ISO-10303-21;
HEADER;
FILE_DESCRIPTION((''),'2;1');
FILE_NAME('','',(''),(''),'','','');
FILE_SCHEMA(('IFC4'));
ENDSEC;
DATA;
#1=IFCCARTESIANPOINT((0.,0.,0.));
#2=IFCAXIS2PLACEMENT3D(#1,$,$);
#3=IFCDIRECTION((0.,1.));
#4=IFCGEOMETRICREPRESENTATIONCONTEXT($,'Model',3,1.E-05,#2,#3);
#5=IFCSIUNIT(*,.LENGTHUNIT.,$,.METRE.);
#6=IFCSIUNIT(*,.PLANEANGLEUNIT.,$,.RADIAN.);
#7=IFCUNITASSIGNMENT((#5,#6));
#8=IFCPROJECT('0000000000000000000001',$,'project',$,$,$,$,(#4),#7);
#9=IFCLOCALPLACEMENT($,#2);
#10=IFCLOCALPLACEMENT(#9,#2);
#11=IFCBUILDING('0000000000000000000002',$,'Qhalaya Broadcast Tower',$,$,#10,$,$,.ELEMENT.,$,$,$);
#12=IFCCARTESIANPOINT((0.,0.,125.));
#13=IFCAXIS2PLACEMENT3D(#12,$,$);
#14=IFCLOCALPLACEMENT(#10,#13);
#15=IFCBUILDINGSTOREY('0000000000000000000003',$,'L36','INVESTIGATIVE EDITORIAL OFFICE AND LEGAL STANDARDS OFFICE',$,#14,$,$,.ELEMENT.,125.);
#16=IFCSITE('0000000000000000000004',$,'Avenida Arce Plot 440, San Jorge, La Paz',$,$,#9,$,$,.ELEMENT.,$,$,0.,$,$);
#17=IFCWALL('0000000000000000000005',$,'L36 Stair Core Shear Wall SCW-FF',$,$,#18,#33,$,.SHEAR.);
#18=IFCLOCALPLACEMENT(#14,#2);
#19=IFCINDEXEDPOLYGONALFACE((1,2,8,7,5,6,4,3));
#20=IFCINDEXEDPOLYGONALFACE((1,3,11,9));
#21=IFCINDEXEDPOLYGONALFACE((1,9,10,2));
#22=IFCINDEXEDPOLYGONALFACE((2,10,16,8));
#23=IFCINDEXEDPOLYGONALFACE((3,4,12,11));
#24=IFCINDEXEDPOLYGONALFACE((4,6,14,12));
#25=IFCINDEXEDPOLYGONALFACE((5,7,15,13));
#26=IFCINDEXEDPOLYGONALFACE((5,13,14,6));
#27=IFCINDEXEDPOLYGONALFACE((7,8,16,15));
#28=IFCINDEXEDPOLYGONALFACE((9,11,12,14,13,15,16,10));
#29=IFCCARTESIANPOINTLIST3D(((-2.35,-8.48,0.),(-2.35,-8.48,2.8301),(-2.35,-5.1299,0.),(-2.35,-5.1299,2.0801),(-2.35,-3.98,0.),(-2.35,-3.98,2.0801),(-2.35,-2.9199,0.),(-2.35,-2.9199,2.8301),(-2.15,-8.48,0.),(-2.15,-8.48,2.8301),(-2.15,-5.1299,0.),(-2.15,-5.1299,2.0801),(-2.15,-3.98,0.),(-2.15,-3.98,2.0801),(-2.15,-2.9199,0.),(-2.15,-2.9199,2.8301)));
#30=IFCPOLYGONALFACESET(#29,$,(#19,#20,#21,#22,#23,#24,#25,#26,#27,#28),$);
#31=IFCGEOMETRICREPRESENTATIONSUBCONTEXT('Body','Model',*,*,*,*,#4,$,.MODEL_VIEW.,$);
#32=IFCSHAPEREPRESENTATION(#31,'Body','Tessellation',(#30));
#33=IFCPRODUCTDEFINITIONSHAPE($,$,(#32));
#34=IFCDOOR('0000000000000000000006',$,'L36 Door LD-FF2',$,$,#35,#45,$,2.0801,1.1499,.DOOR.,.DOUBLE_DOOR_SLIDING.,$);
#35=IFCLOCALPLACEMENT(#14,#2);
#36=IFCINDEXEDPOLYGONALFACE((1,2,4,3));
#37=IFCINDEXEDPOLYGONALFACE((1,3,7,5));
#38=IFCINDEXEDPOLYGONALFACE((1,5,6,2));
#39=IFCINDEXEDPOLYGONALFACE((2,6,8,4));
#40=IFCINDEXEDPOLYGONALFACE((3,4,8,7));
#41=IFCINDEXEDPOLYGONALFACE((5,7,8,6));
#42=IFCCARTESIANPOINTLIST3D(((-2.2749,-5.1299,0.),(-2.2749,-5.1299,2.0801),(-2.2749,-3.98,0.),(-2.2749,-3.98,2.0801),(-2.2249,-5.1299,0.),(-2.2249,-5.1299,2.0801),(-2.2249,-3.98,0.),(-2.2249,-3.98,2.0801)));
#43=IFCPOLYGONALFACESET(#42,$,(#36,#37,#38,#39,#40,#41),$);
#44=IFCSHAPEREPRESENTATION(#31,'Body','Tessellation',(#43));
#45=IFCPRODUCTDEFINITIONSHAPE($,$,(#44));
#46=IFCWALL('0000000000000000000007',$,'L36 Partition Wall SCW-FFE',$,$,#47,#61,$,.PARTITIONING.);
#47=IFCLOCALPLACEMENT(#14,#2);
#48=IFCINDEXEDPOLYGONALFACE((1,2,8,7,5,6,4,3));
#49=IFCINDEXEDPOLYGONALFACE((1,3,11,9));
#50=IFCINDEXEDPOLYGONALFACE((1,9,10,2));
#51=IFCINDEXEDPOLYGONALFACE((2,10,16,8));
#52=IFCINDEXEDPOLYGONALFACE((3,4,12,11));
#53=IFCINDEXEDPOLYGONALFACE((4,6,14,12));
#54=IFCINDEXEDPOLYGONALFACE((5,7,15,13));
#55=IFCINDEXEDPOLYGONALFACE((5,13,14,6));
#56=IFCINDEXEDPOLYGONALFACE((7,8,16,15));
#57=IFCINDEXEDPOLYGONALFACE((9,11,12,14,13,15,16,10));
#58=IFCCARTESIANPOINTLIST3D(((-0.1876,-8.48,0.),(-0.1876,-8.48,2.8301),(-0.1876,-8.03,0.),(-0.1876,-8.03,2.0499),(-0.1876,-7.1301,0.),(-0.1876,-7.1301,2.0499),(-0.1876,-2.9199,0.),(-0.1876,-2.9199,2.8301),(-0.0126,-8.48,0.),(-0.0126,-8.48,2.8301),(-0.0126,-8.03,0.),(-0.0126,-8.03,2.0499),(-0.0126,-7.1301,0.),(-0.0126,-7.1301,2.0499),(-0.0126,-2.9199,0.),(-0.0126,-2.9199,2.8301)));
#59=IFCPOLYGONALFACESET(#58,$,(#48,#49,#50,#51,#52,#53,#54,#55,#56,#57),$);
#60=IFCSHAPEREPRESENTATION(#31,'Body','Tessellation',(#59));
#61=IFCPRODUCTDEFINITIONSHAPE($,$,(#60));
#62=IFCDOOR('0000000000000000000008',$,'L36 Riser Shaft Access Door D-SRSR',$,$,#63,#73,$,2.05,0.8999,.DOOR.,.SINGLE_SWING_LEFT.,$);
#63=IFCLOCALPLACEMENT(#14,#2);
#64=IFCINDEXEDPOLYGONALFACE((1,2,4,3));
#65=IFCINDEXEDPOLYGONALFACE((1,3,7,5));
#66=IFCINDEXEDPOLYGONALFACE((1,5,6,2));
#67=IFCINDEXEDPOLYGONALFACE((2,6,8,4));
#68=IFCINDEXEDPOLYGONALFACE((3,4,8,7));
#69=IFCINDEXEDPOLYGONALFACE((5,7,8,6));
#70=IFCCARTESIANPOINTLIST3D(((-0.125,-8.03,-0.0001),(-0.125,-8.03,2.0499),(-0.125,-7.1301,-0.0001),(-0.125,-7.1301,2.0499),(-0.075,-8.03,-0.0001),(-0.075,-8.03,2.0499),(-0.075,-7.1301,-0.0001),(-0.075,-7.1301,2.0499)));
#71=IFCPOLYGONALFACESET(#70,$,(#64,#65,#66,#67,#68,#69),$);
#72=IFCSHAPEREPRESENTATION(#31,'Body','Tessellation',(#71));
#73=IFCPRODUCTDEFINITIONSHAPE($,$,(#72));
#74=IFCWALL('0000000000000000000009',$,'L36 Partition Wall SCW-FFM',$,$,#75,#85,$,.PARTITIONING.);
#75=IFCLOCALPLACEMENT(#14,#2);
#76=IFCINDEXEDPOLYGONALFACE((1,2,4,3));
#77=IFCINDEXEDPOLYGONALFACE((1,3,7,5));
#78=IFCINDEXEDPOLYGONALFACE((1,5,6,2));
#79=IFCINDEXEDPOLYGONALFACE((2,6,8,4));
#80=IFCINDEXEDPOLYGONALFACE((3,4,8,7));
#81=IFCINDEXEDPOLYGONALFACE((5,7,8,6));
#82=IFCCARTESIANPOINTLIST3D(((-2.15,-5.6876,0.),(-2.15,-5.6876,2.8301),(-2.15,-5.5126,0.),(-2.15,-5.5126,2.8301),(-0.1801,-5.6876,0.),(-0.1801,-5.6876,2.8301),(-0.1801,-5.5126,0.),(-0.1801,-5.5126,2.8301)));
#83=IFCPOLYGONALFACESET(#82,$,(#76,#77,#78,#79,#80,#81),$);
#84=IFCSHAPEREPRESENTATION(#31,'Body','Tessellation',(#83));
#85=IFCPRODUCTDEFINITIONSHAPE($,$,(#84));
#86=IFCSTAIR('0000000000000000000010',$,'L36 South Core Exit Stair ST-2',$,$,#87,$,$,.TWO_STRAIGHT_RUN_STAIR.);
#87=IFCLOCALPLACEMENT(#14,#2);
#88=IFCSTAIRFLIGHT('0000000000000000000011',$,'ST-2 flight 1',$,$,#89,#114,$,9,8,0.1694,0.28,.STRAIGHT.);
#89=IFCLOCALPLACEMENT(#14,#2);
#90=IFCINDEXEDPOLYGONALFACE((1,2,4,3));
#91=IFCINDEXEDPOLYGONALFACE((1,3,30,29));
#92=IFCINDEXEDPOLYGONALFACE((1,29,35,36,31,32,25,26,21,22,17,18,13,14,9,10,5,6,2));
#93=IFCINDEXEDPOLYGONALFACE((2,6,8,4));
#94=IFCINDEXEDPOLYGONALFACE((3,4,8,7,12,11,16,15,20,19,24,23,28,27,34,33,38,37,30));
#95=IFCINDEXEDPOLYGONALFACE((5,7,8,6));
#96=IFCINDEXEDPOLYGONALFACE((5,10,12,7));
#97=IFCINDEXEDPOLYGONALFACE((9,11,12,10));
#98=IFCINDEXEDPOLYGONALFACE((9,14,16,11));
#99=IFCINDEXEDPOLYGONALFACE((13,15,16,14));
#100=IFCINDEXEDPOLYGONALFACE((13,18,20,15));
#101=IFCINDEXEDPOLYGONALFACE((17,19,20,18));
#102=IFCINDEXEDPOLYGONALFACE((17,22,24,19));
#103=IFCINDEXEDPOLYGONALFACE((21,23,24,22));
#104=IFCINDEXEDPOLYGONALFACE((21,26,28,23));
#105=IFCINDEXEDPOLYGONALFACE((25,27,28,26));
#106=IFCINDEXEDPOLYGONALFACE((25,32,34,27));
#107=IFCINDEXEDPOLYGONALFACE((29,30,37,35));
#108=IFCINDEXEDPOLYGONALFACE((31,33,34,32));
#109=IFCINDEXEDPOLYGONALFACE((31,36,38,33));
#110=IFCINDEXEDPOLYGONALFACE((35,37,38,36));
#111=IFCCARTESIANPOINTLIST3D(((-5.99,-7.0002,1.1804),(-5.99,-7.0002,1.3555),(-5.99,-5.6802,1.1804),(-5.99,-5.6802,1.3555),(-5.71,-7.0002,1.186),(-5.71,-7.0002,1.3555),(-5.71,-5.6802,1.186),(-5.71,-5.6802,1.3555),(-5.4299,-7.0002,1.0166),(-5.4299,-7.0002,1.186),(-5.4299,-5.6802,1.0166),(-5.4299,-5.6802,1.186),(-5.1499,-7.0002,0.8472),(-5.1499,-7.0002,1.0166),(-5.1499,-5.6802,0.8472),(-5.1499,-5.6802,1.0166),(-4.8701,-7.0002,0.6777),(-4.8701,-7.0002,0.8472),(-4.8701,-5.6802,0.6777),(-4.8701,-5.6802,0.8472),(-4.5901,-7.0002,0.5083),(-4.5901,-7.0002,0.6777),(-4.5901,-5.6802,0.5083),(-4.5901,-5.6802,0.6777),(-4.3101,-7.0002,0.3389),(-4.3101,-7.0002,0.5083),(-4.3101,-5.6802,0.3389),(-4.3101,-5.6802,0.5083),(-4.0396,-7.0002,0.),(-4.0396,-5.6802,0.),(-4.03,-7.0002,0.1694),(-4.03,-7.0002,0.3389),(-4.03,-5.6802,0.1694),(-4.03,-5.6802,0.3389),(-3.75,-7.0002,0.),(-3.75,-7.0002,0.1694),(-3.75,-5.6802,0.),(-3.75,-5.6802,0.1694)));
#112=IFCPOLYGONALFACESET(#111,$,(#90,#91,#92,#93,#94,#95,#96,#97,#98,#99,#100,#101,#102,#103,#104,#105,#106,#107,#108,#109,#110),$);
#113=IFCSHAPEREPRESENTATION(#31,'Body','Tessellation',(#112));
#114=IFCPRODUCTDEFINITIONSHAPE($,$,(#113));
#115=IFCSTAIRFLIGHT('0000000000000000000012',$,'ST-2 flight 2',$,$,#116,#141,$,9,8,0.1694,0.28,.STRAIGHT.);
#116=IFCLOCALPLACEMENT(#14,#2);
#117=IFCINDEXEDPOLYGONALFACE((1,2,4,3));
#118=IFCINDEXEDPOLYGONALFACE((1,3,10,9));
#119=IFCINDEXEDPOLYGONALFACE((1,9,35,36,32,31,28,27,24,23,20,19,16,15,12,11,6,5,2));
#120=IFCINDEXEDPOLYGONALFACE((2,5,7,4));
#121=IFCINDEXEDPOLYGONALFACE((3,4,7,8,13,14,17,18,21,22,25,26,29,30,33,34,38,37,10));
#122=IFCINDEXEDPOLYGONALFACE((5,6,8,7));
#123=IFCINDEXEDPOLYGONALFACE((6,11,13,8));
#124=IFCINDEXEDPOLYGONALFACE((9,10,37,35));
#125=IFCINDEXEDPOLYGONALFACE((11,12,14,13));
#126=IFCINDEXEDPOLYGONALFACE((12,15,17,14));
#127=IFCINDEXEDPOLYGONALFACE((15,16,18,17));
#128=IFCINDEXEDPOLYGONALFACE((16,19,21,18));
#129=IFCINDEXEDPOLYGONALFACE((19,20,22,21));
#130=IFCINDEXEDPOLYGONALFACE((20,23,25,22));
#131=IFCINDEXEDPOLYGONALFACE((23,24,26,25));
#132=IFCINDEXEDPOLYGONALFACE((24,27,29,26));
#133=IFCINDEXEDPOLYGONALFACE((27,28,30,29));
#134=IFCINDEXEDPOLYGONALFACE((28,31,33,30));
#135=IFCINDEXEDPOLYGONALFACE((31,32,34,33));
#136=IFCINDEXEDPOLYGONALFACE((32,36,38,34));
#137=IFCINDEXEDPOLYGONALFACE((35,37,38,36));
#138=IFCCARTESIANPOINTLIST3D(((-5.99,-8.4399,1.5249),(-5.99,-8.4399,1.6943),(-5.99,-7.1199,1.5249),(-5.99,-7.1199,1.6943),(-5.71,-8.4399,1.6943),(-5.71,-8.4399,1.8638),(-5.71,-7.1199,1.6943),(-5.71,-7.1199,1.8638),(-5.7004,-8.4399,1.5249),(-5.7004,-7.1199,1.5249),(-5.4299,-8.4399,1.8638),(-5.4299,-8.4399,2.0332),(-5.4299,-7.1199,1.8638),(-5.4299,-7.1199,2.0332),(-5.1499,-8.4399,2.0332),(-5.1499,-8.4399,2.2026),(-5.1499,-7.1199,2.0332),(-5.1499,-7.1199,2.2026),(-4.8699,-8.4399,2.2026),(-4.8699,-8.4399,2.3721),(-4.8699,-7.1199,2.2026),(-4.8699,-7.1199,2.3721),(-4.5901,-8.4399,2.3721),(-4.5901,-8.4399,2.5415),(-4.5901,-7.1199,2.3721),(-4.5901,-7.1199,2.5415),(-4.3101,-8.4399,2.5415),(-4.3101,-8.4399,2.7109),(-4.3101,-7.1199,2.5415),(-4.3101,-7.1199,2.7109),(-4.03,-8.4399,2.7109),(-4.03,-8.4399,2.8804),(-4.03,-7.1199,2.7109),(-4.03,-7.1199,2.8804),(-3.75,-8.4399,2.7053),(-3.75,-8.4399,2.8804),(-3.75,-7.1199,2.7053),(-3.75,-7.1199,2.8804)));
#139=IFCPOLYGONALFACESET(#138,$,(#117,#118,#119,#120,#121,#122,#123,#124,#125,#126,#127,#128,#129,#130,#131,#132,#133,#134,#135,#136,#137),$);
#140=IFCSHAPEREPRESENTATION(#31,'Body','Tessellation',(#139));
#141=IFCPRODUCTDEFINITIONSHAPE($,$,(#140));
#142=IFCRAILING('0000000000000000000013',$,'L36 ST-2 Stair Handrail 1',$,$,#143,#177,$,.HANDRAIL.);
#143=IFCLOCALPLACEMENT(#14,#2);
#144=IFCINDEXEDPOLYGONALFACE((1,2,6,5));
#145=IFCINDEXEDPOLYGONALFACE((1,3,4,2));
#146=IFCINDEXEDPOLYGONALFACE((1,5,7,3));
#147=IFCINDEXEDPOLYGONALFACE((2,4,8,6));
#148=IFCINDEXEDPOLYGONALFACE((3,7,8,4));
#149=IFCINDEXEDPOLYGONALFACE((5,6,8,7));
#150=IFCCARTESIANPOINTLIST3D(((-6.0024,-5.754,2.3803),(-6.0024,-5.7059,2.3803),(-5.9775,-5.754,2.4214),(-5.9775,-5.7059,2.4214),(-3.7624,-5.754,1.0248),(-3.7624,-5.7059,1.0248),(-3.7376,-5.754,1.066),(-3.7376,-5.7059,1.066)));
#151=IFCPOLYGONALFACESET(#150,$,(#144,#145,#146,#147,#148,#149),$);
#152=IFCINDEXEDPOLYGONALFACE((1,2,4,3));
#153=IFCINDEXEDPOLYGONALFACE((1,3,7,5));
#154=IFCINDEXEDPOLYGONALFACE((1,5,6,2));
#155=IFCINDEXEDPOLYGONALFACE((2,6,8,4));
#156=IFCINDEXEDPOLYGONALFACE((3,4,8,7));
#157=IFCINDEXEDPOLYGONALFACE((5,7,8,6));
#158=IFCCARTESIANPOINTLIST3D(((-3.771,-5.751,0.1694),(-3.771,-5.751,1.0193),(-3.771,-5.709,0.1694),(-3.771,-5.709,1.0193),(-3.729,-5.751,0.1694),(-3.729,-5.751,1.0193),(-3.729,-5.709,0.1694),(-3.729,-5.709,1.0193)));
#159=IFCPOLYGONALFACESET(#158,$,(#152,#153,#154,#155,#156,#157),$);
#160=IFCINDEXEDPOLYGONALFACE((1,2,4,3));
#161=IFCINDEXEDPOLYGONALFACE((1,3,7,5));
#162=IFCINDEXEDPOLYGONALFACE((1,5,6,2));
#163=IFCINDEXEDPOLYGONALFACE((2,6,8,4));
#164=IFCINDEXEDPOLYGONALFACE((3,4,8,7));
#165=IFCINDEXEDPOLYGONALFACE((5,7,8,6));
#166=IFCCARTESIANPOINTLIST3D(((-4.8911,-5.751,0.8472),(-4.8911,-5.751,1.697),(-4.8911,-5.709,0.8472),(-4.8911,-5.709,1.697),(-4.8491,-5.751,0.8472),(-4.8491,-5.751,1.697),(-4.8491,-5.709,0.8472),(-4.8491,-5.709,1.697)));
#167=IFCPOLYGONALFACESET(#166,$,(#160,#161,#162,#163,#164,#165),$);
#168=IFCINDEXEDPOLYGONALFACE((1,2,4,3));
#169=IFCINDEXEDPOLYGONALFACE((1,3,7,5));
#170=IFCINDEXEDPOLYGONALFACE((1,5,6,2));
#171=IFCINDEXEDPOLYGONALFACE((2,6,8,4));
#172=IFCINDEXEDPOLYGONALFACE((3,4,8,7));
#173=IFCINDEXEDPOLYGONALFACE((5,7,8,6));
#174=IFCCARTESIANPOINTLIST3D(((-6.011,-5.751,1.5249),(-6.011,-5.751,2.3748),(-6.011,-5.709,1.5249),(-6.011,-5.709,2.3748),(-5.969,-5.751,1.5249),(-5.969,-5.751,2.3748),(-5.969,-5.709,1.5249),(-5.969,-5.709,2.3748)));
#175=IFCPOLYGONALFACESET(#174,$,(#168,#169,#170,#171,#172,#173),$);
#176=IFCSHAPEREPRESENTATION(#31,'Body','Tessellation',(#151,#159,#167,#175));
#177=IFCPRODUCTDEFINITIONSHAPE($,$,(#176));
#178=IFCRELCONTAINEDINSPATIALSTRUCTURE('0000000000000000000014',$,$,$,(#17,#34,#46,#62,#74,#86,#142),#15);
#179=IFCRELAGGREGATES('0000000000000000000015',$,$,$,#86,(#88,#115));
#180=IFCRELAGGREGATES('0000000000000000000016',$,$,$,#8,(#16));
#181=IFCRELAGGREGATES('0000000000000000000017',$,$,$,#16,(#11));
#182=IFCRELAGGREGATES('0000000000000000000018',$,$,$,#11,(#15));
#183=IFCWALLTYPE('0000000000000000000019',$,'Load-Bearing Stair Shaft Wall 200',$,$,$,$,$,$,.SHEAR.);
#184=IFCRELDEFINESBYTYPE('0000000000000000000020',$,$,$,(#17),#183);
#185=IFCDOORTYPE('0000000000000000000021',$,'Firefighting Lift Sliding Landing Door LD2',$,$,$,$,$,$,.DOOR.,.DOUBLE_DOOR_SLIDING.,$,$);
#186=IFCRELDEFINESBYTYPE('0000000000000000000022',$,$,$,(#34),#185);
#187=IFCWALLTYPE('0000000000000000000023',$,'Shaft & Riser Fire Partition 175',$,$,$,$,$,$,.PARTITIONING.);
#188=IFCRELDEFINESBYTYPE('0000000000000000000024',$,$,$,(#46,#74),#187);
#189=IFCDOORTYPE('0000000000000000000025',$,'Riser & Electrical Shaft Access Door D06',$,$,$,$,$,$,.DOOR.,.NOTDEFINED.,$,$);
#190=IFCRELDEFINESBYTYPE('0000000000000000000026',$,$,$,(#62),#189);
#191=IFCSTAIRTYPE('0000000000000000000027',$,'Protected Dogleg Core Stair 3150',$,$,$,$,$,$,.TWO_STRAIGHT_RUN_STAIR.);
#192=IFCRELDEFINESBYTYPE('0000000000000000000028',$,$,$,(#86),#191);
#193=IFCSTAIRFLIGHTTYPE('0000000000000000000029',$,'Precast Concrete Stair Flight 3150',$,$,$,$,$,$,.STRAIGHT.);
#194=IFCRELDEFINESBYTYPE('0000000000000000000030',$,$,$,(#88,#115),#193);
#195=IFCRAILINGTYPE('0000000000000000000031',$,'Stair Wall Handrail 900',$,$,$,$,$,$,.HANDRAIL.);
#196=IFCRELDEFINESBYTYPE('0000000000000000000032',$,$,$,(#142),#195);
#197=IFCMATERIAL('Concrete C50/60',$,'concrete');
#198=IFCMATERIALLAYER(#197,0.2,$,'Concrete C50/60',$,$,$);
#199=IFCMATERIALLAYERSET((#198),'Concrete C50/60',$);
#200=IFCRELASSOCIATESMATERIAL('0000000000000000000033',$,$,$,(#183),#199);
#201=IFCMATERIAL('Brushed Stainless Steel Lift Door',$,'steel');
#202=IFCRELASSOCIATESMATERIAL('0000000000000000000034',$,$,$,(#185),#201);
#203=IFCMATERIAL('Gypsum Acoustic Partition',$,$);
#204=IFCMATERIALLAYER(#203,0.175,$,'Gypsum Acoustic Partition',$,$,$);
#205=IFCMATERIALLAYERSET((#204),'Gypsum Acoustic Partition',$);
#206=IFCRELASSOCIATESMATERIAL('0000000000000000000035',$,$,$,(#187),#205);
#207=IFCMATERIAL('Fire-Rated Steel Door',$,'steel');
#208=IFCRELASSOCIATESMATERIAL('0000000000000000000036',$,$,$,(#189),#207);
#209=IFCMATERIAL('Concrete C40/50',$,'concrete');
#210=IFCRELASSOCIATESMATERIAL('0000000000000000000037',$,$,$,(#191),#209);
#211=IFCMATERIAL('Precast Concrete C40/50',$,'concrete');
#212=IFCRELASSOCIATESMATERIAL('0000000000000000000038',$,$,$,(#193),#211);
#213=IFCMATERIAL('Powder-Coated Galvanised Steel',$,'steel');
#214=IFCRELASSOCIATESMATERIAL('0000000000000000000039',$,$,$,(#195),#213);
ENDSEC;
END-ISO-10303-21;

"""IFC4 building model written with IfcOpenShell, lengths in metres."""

from ifc_helpers import new_model, si_unit, direction, frame, frame_2d, origin, origin_2d, place, context, subcontext, project, spatial, polyline, rectangle, outline, extrude, material, layer, layer_set, type_object, element, fill, aggregate, save


model = new_model("IFC4")

# Units and contexts
model_context = context("Model", 3, precision=1e-05, world=origin(), true_north=direction((0.0, 1.0)))
body_context = subcontext(model_context, "Body", "Model", "MODEL_VIEW")
ifc_project = project(units=[si_unit("LENGTHUNIT", "METRE"), si_unit("PLANEANGLEUNIT", "RADIAN")], contexts=[model_context])

# Site, building, storey
site_placement = place(None, origin())
site = spatial("IfcSite", under=ifc_project, at=site_placement, Name="Avenida Arce Plot 440, San Jorge, La Paz", CompositionType="ELEMENT", RefElevation=0.0)
building_placement = place(site_placement, origin())
building = spatial("IfcBuilding", under=site, at=building_placement, Name="Qhalaya Broadcast Tower", CompositionType="ELEMENT")
storey_placement = place(building_placement, frame((0.0, 0.0, 125.0)))
storey = spatial("IfcBuildingStorey", under=building, at=storey_placement, Name="L36", Description="INVESTIGATIVE EDITORIAL OFFICE AND LEGAL STANDARDS OFFICE", CompositionType="ELEMENT", Elevation=125.0)

# Shared definitions
ifc_material_1 = material(Name="Concrete C50/60", Category="concrete")

# Walls, openings, doors
ifc_layer_1 = layer(ifc_material_1, 0.2, Name="Concrete C50/60")
ifc_layer_set_1 = layer_set([ifc_layer_1], Name="Concrete C50/60")
wall_type_1 = type_object("IfcWallType", Name="Load-Bearing Stair Shaft Wall 200", PredefinedType="SHEAR", material=ifc_layer_set_1)
ifc_material_2 = material(Name="Fire-Rated Steel Door", Category="steel")
wall_1_placement = place(storey_placement, frame((-2.25, -8.48, 0.0), z_axis=(0.0, 0.0, 1.0), x_axis=(0.0, 1.0, 0.0)))
wall_1 = element("IfcWall", 1, at=wall_1_placement, inside=storey, type_object=wall_type_1, Name="L36 Stair Core Shear Wall SCW-FF", PredefinedType="SHEAR", context=body_context, shape_type="SweptSolid", body=[
    extrude(rectangle(XDim=5.5601, YDim=0.2, at=frame_2d((2.78, 0.0))), origin(), (0.0, 0.0, 1.0), 2.8301),
])
opening_1_placement = place(wall_1_placement, frame((3.3501, 0.0, 0.0)))
opening_1 = element("IfcOpeningElement", 2, at=opening_1_placement, cuts=wall_1, PredefinedType="OPENING", context=body_context, shape_type="SweptSolid", body=[
    extrude(rectangle(XDim=1.1499, YDim=2.0801, at=frame_2d((0.575, 1.04))), frame((0.0, 0.1121, 0.0), z_axis=(0.0, -1.0, 0.0), x_axis=(1.0, 0.0, 0.0)), (0.0, 0.0, 1.0), 0.2239),
])
ifc_material_3 = material(Name="Brushed Stainless Steel Lift Door", Category="steel")
door_type_1 = type_object("IfcDoorType", Name="Firefighting Lift Sliding Landing Door LD2", OperationType="DOUBLE_DOOR_SLIDING", PredefinedType="DOOR", material=ifc_material_3)
door_1_placement = place(opening_1_placement, origin())
door_1 = element("IfcDoor", 3, at=door_1_placement, inside=storey, type_object=door_type_1, Name="L36 Door LD-FF2", OperationType="DOUBLE_DOOR_SLIDING", OverallHeight=2.0801, OverallWidth=1.1499, PredefinedType="DOOR", context=body_context, shape_type="SweptSolid", body=[
    extrude(rectangle(XDim=1.1499, YDim=2.0801, at=frame_2d((0.575, 1.04))), frame((0.0, 0.0249, 0.0), z_axis=(0.0, -1.0, 0.0), x_axis=(1.0, 0.0, 0.0)), (0.0, 0.0, 1.0), 0.05),
])
fill(opening_1, door_1)
ifc_material_4 = material(Name="Gypsum Acoustic Partition")
ifc_layer_2 = layer(ifc_material_4, 0.175, Name="Gypsum Acoustic Partition")
ifc_layer_set_2 = layer_set([ifc_layer_2], Name="Gypsum Acoustic Partition")
wall_type_2 = type_object("IfcWallType", Name="Shaft & Riser Fire Partition 175", PredefinedType="PARTITIONING", material=ifc_layer_set_2)
wall_2_placement = place(storey_placement, frame((-0.1001, -8.48, 0.0), z_axis=(0.0, 0.0, 1.0), x_axis=(0.0, 1.0, 0.0)))
wall_2 = element("IfcWall", 4, at=wall_2_placement, inside=storey, type_object=wall_type_2, Name="L36 Partition Wall SCW-FFE", PredefinedType="PARTITIONING", context=body_context, shape_type="SweptSolid", body=[
    extrude(rectangle(XDim=5.5601, YDim=0.175, at=frame_2d((2.78, 0.0))), origin(), (0.0, 0.0, 1.0), 2.8301),
])
opening_2_placement = place(wall_2_placement, frame((0.45, 0.0, 0.0)))
opening_2 = element("IfcOpeningElement", 5, at=opening_2_placement, cuts=wall_2, PredefinedType="OPENING", context=body_context, shape_type="SweptSolid", body=[
    extrude(rectangle(XDim=0.8999, YDim=2.05, at=frame_2d((0.45, 1.0249))), frame((0.0, 0.0996, 0.0), z_axis=(0.0, -1.0, 0.0), x_axis=(1.0, 0.0, 0.0)), (0.0, 0.0, 1.0), 0.199),
])
door_type_2 = type_object("IfcDoorType", Name="Riser & Electrical Shaft Access Door D06", OperationType="NOTDEFINED", PredefinedType="DOOR", material=ifc_material_2)
door_2_placement = place(opening_2_placement, origin())
door_2 = element("IfcDoor", 6, at=door_2_placement, inside=storey, type_object=door_type_2, Name="L36 Riser Shaft Access Door D-SRSR", OperationType="SINGLE_SWING_LEFT", OverallHeight=2.05, OverallWidth=0.8999, PredefinedType="DOOR", context=body_context, shape_type="SweptSolid", body=[
    extrude(rectangle(XDim=0.8999, YDim=2.05, at=frame_2d((0.45, 1.0249))), frame((0.0, 0.0249, 0.0), z_axis=(0.0, -1.0, 0.0), x_axis=(1.0, 0.0, 0.0)), (0.0, 0.0, 1.0), 0.05),
])
fill(opening_2, door_2)

# Wall
wall_3_placement = place(storey_placement, frame((-2.1499, -5.6001, 0.0), z_axis=(0.0, 0.0, 1.0), x_axis=(1.0, 0.0, 0.0)))
element("IfcWall", 7, at=wall_3_placement, inside=storey, type_object=wall_type_2, Name="L36 Partition Wall SCW-FFM", PredefinedType="PARTITIONING", context=body_context, shape_type="SweptSolid", body=[
    extrude(rectangle(XDim=1.97, YDim=0.175, at=frame_2d((0.9849, 0.0))), origin(), (0.0, 0.0, 1.0), 2.8301),
])

# Stair, stair flights
ifc_material_5 = material(Name="Concrete C40/50", Category="concrete")
stair_type = type_object("IfcStairType", Name="Protected Dogleg Core Stair 3150", PredefinedType="TWO_STRAIGHT_RUN_STAIR", material=ifc_material_5)
stair_placement = place(storey_placement, origin())
stair = element("IfcStair", 8, at=stair_placement, inside=storey, type_object=stair_type, Name="L36 South Core Exit Stair ST-2", PredefinedType="TWO_STRAIGHT_RUN_STAIR")
ifc_material_6 = material(Name="Precast Concrete C40/50", Category="concrete")
stair_flight_type = type_object("IfcStairFlightType", Name="Precast Concrete Stair Flight 3150", PredefinedType="STRAIGHT", material=ifc_material_6)
stair_flight_1_placement = place(storey_placement, frame((-3.75, -6.3401, 0.0), z_axis=(0.0, 0.0, 1.0), x_axis=(-1.0, 0.0, 0.0)))
stair_flight_1 = element("IfcStairFlight", 9, at=stair_flight_1_placement, type_object=stair_flight_type, Name="ST-2 flight 1", NumberOfRisers=9, NumberOfTreads=8, PredefinedType="STRAIGHT", RiserHeight=0.1694, TreadLength=0.28, context=body_context, shape_type="SweptSolid", body=[
    extrude(outline(polyline([(0.0, 0.0), (0.0, 0.1694), (0.28, 0.1694), (0.28, 0.3389), (0.5601, 0.3389), (0.5601, 0.5083), (0.8401, 0.5083), (0.8401, 0.6777), (1.1201, 0.6777), (1.1201, 0.8472), (1.3999, 0.8472), (1.3999, 1.0166), (1.6799, 1.0166), (1.6799, 1.186), (1.96, 1.186), (1.96, 1.3555), (2.24, 1.3555), (2.24, 1.5249), (2.24, 1.1804), (0.2896, 0.0), (0.0, 0.0)])), frame((0.0, 0.6602, 0.0), z_axis=(0.0, -1.0, 0.0), x_axis=(1.0, 0.0, 0.0)), (0.0, 0.0, 1.0), 1.3201),
])
stair_flight_2_placement = place(storey_placement, frame((-5.99, -7.78, 1.5249), z_axis=(0.0, 0.0, 1.0), x_axis=(1.0, 0.0, 0.0)))
stair_flight_2 = element("IfcStairFlight", 10, at=stair_flight_2_placement, type_object=stair_flight_type, Name="ST-2 flight 2", NumberOfRisers=9, NumberOfTreads=8, PredefinedType="STRAIGHT", RiserHeight=0.1694, TreadLength=0.28, context=body_context, shape_type="SweptSolid", body=[
    extrude(outline(polyline([(0.0, 0.0), (0.0, 0.1694), (0.28, 0.1694), (0.28, 0.3389), (0.5601, 0.3389), (0.5601, 0.5083), (0.8401, 0.5083), (0.8401, 0.6777), (1.1201, 0.6777), (1.1201, 0.8472), (1.3999, 0.8472), (1.3999, 1.0166), (1.6799, 1.0166), (1.6799, 1.186), (1.96, 1.186), (1.96, 1.3555), (2.24, 1.3555), (2.24, 1.5249), (2.24, 1.1804), (0.2896, 0.0), (0.0, 0.0)])), frame((0.0, 0.6602, 0.0), z_axis=(0.0, -1.0, 0.0), x_axis=(1.0, 0.0, 0.0)), (0.0, 0.0, 1.0), 1.3201),
])
aggregate(stair, [stair_flight_1, stair_flight_2])

# Railing
ifc_material_7 = material(Name="Powder-Coated Galvanised Steel", Category="steel")
railing_type_1 = type_object("IfcRailingType", Name="Stair Wall Handrail 900", PredefinedType="HANDRAIL", material=ifc_material_7)
railing_1_placement = place(storey_placement, frame((-3.75, -5.73, 0.1694)))
element("IfcRailing", 11, at=railing_1_placement, inside=storey, type_object=railing_type_1, Name="L36 ST-2 Stair Handrail 1", PredefinedType="HANDRAIL", context=body_context, shape_type="SweptSolid", body=[
    extrude(rectangle(XDim=0.0481, YDim=0.0481, at=origin_2d()), frame((0.0, 0.0, 0.876), z_axis=(-0.855553, 0.0, 0.517715), x_axis=(0.0, -1.0, 0.0)), (0.0, 0.0, 1.0), 2.6182),
    extrude(rectangle(XDim=0.042, YDim=0.042, at=origin_2d()), origin(), (0.0, 0.0, 1.0), 0.8499),
    extrude(rectangle(XDim=0.042, YDim=0.042, at=origin_2d()), frame((-1.1201, 0.0, 0.6777)), (0.0, 0.0, 1.0), 0.8499),
    extrude(rectangle(XDim=0.042, YDim=0.042, at=origin_2d()), frame((-2.24, 0.0, 1.3555)), (0.0, 0.0, 1.0), 0.8499),
])

save(model, "model.ifc")
